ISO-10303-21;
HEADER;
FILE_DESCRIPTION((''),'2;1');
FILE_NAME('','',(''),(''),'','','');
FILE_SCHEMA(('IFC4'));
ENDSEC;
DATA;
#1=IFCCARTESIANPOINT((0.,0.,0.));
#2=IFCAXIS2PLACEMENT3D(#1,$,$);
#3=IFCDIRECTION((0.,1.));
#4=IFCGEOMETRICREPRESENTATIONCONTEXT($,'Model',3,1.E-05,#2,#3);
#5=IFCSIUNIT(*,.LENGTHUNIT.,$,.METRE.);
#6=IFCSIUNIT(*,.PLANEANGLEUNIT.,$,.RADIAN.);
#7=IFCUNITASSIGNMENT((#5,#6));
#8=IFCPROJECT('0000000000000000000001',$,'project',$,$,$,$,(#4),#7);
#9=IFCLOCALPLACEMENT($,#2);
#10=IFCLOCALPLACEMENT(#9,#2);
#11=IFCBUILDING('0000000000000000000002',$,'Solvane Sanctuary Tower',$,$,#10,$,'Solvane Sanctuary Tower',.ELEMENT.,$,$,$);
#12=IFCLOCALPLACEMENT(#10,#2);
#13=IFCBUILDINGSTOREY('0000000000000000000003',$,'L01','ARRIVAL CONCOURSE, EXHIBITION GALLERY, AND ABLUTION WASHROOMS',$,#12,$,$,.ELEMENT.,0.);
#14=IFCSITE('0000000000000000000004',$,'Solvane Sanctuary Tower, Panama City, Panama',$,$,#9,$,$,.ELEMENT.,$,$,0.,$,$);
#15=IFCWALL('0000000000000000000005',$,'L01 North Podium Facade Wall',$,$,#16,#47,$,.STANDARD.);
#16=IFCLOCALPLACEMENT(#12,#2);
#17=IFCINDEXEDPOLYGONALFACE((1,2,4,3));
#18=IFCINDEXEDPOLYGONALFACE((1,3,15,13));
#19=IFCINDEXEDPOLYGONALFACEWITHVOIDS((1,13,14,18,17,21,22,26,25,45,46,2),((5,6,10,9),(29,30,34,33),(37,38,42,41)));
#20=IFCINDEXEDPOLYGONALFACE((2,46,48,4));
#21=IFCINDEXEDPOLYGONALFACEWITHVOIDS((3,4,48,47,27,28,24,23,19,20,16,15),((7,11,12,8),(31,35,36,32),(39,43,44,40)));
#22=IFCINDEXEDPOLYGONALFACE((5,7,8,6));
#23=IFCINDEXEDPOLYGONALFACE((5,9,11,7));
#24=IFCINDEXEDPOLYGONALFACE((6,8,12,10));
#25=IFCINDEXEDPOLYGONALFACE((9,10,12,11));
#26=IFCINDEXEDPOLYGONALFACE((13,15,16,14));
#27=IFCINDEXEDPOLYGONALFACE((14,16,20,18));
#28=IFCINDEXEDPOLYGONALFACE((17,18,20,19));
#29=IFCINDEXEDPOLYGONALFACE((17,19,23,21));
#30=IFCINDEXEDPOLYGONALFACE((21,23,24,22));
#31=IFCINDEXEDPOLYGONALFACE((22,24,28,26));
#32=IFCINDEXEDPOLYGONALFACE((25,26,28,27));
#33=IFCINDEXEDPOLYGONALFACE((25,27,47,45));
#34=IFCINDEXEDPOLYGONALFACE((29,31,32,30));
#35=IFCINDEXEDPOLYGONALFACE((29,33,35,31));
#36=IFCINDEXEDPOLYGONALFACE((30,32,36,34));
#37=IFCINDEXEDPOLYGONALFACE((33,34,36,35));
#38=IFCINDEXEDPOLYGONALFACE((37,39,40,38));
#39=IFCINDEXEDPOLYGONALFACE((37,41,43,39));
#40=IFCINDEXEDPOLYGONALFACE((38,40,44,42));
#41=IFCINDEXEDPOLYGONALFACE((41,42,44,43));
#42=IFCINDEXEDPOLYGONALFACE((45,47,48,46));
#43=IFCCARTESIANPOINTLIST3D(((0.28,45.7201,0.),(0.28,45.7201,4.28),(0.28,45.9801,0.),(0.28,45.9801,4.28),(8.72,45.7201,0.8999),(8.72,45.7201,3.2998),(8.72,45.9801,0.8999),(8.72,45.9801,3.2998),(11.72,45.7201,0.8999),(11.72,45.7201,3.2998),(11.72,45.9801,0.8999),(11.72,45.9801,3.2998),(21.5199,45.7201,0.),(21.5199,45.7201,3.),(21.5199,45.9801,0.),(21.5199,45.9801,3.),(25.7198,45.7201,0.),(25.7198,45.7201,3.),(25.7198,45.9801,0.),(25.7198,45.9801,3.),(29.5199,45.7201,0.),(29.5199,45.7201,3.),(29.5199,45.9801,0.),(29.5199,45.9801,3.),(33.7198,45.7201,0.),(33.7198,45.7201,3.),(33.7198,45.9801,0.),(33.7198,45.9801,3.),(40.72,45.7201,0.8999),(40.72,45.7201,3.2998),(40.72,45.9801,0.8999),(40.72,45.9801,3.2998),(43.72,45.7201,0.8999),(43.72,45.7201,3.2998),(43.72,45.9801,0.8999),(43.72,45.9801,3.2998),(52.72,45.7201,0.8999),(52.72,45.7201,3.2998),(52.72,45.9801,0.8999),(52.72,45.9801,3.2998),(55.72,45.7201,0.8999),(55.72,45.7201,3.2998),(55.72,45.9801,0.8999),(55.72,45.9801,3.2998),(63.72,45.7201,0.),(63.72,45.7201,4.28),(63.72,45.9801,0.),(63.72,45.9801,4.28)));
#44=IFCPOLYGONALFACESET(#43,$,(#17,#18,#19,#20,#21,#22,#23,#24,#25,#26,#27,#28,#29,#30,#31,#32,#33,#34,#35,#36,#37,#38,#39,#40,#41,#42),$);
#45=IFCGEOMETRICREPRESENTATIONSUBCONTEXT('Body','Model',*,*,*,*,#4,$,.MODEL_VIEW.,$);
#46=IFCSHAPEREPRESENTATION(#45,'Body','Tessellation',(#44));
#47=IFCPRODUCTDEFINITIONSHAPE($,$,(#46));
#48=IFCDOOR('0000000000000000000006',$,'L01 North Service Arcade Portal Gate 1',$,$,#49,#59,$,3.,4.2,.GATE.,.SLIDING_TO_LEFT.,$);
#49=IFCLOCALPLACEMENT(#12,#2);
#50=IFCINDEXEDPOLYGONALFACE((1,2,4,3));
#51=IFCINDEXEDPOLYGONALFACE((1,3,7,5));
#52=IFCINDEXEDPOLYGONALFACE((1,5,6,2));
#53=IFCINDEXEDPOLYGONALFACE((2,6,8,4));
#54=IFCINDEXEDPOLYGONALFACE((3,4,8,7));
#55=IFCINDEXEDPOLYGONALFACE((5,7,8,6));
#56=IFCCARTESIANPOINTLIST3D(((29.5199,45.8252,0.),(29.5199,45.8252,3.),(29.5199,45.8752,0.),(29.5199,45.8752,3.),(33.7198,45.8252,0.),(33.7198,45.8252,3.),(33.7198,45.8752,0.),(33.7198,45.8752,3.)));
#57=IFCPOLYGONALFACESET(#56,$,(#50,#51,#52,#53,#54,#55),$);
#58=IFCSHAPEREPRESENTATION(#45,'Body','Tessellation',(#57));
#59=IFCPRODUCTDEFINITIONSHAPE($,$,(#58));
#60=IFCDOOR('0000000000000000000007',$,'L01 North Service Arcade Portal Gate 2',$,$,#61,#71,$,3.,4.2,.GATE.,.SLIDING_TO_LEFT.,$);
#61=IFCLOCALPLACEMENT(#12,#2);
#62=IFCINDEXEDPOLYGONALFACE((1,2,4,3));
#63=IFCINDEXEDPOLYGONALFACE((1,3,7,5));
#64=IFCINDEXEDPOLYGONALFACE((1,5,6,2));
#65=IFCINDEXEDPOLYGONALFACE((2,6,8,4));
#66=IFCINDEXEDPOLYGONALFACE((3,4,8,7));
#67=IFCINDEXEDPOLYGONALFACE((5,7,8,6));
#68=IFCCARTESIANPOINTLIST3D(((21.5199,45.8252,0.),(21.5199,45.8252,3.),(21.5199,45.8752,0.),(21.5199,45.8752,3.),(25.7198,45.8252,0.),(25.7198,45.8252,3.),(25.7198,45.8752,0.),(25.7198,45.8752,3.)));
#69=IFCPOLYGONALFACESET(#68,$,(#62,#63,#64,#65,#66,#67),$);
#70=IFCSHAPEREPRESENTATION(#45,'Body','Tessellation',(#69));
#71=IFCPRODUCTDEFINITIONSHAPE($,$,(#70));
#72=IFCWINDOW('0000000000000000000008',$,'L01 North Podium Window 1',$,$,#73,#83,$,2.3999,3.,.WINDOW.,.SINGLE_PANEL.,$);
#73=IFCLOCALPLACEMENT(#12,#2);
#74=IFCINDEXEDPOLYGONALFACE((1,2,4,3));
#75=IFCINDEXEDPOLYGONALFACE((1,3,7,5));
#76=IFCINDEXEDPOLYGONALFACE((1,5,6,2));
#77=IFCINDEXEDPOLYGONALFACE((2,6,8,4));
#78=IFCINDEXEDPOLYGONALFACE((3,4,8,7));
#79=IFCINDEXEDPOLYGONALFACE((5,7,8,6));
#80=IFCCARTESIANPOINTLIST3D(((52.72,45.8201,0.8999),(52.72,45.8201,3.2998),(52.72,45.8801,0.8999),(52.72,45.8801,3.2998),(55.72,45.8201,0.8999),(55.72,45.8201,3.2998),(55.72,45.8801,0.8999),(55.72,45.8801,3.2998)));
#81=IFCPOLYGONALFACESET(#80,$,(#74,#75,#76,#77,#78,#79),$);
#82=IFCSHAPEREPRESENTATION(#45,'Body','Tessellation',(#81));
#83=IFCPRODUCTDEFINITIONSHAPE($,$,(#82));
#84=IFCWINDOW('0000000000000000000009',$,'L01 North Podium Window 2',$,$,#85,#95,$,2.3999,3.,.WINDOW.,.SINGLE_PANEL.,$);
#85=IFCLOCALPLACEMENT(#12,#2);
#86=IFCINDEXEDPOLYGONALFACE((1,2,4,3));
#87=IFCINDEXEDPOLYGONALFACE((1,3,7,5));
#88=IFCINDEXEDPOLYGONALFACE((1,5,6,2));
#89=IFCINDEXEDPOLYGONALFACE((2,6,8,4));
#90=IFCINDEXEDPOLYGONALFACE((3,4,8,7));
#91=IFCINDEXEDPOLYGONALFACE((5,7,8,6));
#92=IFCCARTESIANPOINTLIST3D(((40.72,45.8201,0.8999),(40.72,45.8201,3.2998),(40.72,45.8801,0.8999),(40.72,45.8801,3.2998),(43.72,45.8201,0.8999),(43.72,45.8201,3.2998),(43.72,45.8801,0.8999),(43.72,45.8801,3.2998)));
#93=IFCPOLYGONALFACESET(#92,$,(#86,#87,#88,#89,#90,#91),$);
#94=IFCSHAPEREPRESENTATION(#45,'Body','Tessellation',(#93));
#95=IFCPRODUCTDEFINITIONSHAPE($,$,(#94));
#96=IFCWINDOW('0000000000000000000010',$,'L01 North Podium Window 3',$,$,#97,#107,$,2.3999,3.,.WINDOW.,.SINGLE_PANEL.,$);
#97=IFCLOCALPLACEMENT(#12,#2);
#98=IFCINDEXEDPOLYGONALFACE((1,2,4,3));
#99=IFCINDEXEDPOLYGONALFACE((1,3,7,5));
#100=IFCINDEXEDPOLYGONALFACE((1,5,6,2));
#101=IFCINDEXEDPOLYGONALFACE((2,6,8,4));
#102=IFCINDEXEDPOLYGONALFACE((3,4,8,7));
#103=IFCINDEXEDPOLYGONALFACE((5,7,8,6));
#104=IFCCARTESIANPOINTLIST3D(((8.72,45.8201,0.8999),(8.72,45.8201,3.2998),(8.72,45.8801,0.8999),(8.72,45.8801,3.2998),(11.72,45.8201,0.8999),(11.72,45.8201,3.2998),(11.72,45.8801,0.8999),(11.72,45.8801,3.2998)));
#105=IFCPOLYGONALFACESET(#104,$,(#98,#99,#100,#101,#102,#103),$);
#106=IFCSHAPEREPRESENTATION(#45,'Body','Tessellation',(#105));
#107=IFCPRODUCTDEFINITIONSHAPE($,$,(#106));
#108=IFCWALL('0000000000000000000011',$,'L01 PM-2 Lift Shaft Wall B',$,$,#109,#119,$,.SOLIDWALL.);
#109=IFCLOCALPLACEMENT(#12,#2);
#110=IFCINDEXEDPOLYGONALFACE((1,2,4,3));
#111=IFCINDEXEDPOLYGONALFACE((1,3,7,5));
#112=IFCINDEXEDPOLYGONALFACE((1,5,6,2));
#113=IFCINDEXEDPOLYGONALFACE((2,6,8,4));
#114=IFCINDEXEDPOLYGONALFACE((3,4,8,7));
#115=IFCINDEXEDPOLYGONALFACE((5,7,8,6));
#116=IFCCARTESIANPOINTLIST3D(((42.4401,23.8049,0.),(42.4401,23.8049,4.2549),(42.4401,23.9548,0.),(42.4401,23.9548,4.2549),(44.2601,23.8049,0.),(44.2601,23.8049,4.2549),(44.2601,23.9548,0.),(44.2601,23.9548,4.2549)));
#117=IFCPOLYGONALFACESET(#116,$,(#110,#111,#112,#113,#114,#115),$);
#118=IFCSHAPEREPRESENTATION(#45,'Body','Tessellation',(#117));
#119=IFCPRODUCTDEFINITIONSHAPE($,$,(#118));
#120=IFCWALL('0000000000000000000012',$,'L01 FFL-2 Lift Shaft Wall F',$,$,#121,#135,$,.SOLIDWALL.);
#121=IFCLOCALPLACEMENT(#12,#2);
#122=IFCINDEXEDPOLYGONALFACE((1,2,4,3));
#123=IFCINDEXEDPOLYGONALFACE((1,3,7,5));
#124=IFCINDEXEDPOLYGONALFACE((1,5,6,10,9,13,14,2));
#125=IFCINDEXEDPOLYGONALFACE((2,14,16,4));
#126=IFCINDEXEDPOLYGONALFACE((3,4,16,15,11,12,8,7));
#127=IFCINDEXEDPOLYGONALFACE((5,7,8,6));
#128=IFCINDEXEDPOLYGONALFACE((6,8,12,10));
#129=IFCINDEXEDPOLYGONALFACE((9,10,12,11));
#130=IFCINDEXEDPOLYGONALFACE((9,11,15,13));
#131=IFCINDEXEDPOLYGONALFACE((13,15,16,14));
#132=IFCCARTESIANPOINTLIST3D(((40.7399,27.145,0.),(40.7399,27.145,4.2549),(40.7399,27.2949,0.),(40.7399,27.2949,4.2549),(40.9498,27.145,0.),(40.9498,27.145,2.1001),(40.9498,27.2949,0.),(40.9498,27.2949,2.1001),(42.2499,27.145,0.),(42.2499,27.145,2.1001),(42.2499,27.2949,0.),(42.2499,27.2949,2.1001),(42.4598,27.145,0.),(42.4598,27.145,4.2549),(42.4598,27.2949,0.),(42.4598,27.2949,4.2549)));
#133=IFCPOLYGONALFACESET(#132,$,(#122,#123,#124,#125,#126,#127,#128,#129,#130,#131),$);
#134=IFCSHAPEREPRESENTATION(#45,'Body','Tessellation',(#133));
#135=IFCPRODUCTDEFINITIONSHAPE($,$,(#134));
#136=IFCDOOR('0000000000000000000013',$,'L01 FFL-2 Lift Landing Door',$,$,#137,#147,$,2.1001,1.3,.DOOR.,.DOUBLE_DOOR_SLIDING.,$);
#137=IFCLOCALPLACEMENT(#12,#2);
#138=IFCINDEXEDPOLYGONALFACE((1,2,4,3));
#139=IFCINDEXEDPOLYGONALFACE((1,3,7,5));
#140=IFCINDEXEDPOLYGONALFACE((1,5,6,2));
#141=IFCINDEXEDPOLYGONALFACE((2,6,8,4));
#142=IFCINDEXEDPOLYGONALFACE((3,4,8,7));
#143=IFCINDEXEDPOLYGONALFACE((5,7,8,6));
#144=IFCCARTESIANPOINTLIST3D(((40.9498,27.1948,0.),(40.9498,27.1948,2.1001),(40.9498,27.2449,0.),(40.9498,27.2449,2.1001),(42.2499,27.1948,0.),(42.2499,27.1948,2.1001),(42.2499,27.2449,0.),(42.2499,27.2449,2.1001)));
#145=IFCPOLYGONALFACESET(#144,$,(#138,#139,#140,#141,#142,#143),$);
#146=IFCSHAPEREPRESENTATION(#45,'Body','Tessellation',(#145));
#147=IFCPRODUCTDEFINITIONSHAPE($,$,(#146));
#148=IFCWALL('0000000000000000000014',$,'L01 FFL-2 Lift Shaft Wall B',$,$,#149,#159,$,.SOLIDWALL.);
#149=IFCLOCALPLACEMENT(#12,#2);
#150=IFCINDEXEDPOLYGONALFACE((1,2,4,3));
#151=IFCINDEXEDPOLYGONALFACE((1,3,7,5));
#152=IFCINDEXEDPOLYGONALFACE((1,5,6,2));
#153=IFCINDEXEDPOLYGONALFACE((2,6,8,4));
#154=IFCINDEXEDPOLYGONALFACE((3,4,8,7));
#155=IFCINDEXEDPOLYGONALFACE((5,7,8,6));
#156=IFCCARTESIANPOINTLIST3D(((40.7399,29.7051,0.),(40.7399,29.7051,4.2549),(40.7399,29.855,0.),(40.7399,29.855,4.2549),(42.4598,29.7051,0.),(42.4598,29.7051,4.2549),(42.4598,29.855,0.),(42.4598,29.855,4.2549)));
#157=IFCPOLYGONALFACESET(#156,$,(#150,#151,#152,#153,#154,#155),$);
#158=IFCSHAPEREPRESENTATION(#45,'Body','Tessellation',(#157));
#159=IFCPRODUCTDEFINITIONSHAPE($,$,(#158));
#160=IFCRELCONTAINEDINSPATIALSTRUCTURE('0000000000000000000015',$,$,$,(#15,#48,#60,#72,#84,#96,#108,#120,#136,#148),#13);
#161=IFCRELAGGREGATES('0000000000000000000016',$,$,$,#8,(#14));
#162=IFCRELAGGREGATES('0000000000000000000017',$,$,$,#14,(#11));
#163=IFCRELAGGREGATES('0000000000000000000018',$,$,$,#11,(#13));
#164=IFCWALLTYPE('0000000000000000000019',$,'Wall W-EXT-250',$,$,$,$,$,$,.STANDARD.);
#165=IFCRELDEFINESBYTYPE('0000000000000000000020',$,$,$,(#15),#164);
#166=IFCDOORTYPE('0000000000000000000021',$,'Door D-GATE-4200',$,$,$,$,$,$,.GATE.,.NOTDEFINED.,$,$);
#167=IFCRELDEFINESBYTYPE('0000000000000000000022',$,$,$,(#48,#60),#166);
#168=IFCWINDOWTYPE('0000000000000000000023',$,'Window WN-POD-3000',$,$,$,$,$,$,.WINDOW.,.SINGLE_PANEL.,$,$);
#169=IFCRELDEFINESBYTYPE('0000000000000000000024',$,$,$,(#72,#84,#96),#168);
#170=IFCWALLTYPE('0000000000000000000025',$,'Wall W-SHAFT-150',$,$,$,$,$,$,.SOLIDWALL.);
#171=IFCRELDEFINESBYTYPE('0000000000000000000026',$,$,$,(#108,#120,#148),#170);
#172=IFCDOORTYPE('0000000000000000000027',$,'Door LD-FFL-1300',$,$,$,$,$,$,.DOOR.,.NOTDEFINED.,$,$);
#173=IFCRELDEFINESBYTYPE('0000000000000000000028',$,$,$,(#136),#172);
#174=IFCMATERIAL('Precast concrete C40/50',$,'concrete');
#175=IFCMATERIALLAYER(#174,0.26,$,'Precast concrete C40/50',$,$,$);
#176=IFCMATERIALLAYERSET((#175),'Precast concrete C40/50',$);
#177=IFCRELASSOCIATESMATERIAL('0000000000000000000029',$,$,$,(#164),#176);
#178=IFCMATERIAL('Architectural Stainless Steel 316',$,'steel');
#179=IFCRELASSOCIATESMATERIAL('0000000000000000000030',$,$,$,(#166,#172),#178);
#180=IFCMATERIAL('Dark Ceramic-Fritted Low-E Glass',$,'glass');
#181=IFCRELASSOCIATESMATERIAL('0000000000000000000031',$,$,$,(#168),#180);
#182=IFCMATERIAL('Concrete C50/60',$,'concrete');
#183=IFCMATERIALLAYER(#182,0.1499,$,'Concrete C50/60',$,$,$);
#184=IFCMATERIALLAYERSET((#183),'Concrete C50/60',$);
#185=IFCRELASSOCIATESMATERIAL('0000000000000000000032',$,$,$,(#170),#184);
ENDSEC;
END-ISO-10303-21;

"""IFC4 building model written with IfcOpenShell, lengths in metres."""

from ifc_helpers import new_model, si_unit, direction, frame, frame_2d, origin, place, context, subcontext, project, spatial, rectangle, extrude, material, layer, layer_set, type_object, element, fill, save


model = new_model("IFC4")

# Units and contexts
model_context = context("Model", 3, precision=1e-05, world=origin(), true_north=direction((0.0, 1.0)))
body_context = subcontext(model_context, "Body", "Model", "MODEL_VIEW")
ifc_project = project(units=[si_unit("LENGTHUNIT", "METRE"), si_unit("PLANEANGLEUNIT", "RADIAN")], contexts=[model_context])

# Site, building, storey
site_placement = place(None, origin())
site = spatial("IfcSite", under=ifc_project, at=site_placement, Name="Solvane Sanctuary Tower, Panama City, Panama", CompositionType="ELEMENT", RefElevation=0.0)
building_placement = place(site_placement, origin())
building = spatial("IfcBuilding", under=site, at=building_placement, Name="Solvane Sanctuary Tower", LongName="Solvane Sanctuary Tower", CompositionType="ELEMENT")
storey_placement = place(building_placement, origin())
storey = spatial("IfcBuildingStorey", under=building, at=storey_placement, Name="L01", Description="ARRIVAL CONCOURSE, EXHIBITION GALLERY, AND ABLUTION WASHROOMS", CompositionType="ELEMENT", Elevation=0.0)

# Wall, openings, doors, windows
ifc_material_1 = material(Name="Precast concrete C40/50", Category="concrete")
ifc_layer_1 = layer(ifc_material_1, 0.26, Name="Precast concrete C40/50")
ifc_layer_set_1 = layer_set([ifc_layer_1], Name="Precast concrete C40/50")
wall_type_1 = type_object("IfcWallType", Name="Wall W-EXT-250", PredefinedType="STANDARD", material=ifc_layer_set_1)
wall_1_placement = place(storey_placement, frame((63.72, 45.8501, 0.0), z_axis=(0.0, 0.0, 1.0), x_axis=(-1.0, 0.0, 0.0)))
wall_1 = element("IfcWall", 1, at=wall_1_placement, inside=storey, type_object=wall_type_1, Name="L01 North Podium Facade Wall", PredefinedType="STANDARD", context=body_context, shape_type="SweptSolid", body=[
    extrude(rectangle(XDim=63.4399, YDim=0.26, at=frame_2d((31.72, 0.0))), origin(), (0.0, 0.0, 1.0), 4.28),
])
opening_1_placement = place(wall_1_placement, frame((8.0, 0.0, 0.8999)))
opening_1 = element("IfcOpeningElement", 2, at=opening_1_placement, cuts=wall_1, PredefinedType="OPENING", context=body_context, shape_type="SweptSolid", body=[
    extrude(rectangle(XDim=3.0, YDim=2.3999, at=frame_2d((1.5, 1.2))), frame((0.0, 0.1399, 0.0), z_axis=(0.0, -1.0, 0.0), x_axis=(1.0, 0.0, 0.0)), (0.0, 0.0, 1.0), 0.28),
])
opening_2_placement = place(wall_1_placement, frame((20.0, 0.0, 0.8999)))
opening_2 = element("IfcOpeningElement", 3, at=opening_2_placement, cuts=wall_1, PredefinedType="OPENING", context=body_context, shape_type="SweptSolid", body=[
    extrude(rectangle(XDim=3.0, YDim=2.3999, at=frame_2d((1.5, 1.2))), frame((0.0, 0.1399, 0.0), z_axis=(0.0, -1.0, 0.0), x_axis=(1.0, 0.0, 0.0)), (0.0, 0.0, 1.0), 0.28),
])
opening_3_placement = place(wall_1_placement, frame((52.0, 0.0, 0.8999)))
opening_3 = element("IfcOpeningElement", 4, at=opening_3_placement, cuts=wall_1, PredefinedType="OPENING", context=body_context, shape_type="SweptSolid", body=[
    extrude(rectangle(XDim=3.0, YDim=2.3999, at=frame_2d((1.5, 1.2))), frame((0.0, 0.1399, 0.0), z_axis=(0.0, -1.0, 0.0), x_axis=(1.0, 0.0, 0.0)), (0.0, 0.0, 1.0), 0.28),
])
opening_4_placement = place(wall_1_placement, frame((30.0, 0.0, 0.0)))
opening_4 = element("IfcOpeningElement", 5, at=opening_4_placement, cuts=wall_1, PredefinedType="OPENING", context=body_context, shape_type="SweptSolid", body=[
    extrude(rectangle(XDim=4.2, YDim=3.0, at=frame_2d((2.1001, 1.5))), frame((0.0, 0.1399, 0.0), z_axis=(0.0, -1.0, 0.0), x_axis=(1.0, 0.0, 0.0)), (0.0, 0.0, 1.0), 0.28),
])
opening_5_placement = place(wall_1_placement, frame((38.0, 0.0, 0.0)))
opening_5 = element("IfcOpeningElement", 6, at=opening_5_placement, cuts=wall_1, PredefinedType="OPENING", context=body_context, shape_type="SweptSolid", body=[
    extrude(rectangle(XDim=4.2, YDim=3.0, at=frame_2d((2.1001, 1.5))), frame((0.0, 0.1399, 0.0), z_axis=(0.0, -1.0, 0.0), x_axis=(1.0, 0.0, 0.0)), (0.0, 0.0, 1.0), 0.28),
])
ifc_material_2 = material(Name="Architectural Stainless Steel 316", Category="steel")
door_type_1 = type_object("IfcDoorType", Name="Door D-GATE-4200", OperationType="NOTDEFINED", PredefinedType="GATE", material=ifc_material_2)
door_1_placement = place(opening_4_placement, origin())
door_1 = element("IfcDoor", 7, at=door_1_placement, inside=storey, type_object=door_type_1, Name="L01 North Service Arcade Portal Gate 1", OperationType="SLIDING_TO_LEFT", OverallHeight=3.0, OverallWidth=4.2, PredefinedType="GATE", context=body_context, shape_type="SweptSolid", body=[
    extrude(rectangle(XDim=4.2, YDim=3.0, at=frame_2d((2.1001, 1.5))), frame((0.0, 0.0249, 0.0), z_axis=(0.0, -1.0, 0.0), x_axis=(1.0, 0.0, 0.0)), (0.0, 0.0, 1.0), 0.05),
])
fill(opening_4, door_1)
door_2_placement = place(opening_5_placement, origin())
door_2 = element("IfcDoor", 8, at=door_2_placement, inside=storey, type_object=door_type_1, Name="L01 North Service Arcade Portal Gate 2", OperationType="SLIDING_TO_LEFT", OverallHeight=3.0, OverallWidth=4.2, PredefinedType="GATE", context=body_context, shape_type="SweptSolid", body=[
    extrude(rectangle(XDim=4.2, YDim=3.0, at=frame_2d((2.1001, 1.5))), frame((0.0, 0.0249, 0.0), z_axis=(0.0, -1.0, 0.0), x_axis=(1.0, 0.0, 0.0)), (0.0, 0.0, 1.0), 0.05),
])
fill(opening_5, door_2)
ifc_material_3 = material(Name="Dark Ceramic-Fritted Low-E Glass", Category="glass")
window_type = type_object("IfcWindowType", Name="Window WN-POD-3000", PartitioningType="SINGLE_PANEL", PredefinedType="WINDOW", material=ifc_material_3)
window_1_placement = place(opening_1_placement, origin())
window_1 = element("IfcWindow", 9, at=window_1_placement, inside=storey, type_object=window_type, Name="L01 North Podium Window 1", OverallHeight=2.3999, OverallWidth=3.0, PartitioningType="SINGLE_PANEL", PredefinedType="WINDOW", context=body_context, shape_type="SweptSolid", body=[
    extrude(rectangle(XDim=3.0, YDim=2.3999, at=frame_2d((1.5, 1.2))), frame((0.0, 0.03, 0.0), z_axis=(0.0, -1.0, 0.0), x_axis=(1.0, 0.0, 0.0)), (0.0, 0.0, 1.0), 0.0601),
])
fill(opening_1, window_1)
window_2_placement = place(opening_2_placement, origin())
window_2 = element("IfcWindow", 10, at=window_2_placement, inside=storey, type_object=window_type, Name="L01 North Podium Window 2", OverallHeight=2.3999, OverallWidth=3.0, PartitioningType="SINGLE_PANEL", PredefinedType="WINDOW", context=body_context, shape_type="SweptSolid", body=[
    extrude(rectangle(XDim=3.0, YDim=2.3999, at=frame_2d((1.5, 1.2))), frame((0.0, 0.03, 0.0), z_axis=(0.0, -1.0, 0.0), x_axis=(1.0, 0.0, 0.0)), (0.0, 0.0, 1.0), 0.0601),
])
fill(opening_2, window_2)
window_3_placement = place(opening_3_placement, origin())
window_3 = element("IfcWindow", 11, at=window_3_placement, inside=storey, type_object=window_type, Name="L01 North Podium Window 3", OverallHeight=2.3999, OverallWidth=3.0, PartitioningType="SINGLE_PANEL", PredefinedType="WINDOW", context=body_context, shape_type="SweptSolid", body=[
    extrude(rectangle(XDim=3.0, YDim=2.3999, at=frame_2d((1.5, 1.2))), frame((0.0, 0.03, 0.0), z_axis=(0.0, -1.0, 0.0), x_axis=(1.0, 0.0, 0.0)), (0.0, 0.0, 1.0), 0.0601),
])
fill(opening_3, window_3)

# Wall
ifc_material_4 = material(Name="Concrete C50/60", Category="concrete")
ifc_layer_2 = layer(ifc_material_4, 0.1499, Name="Concrete C50/60")
ifc_layer_set_2 = layer_set([ifc_layer_2], Name="Concrete C50/60")
wall_type_2 = type_object("IfcWallType", Name="Wall W-SHAFT-150", PredefinedType="SOLIDWALL", material=ifc_layer_set_2)
wall_2_placement = place(storey_placement, frame((42.4399, 23.8799, 0.0), z_axis=(0.0, 0.0, 1.0), x_axis=(1.0, 0.0, 0.0)))
element("IfcWall", 12, at=wall_2_placement, inside=storey, type_object=wall_type_2, Name="L01 PM-2 Lift Shaft Wall B", PredefinedType="SOLIDWALL", context=body_context, shape_type="SweptSolid", body=[
    extrude(rectangle(XDim=1.8201, YDim=0.1499, at=frame_2d((0.9102, 0.0))), origin(), (0.0, 0.0, 1.0), 4.2549),
])

# Wall, opening, door
wall_3_placement = place(storey_placement, frame((40.74, 27.22, 0.0), z_axis=(0.0, 0.0, 1.0), x_axis=(1.0, 0.0, 0.0)))
wall_3 = element("IfcWall", 13, at=wall_3_placement, inside=storey, type_object=wall_type_2, Name="L01 FFL-2 Lift Shaft Wall F", PredefinedType="SOLIDWALL", context=body_context, shape_type="SweptSolid", body=[
    extrude(rectangle(XDim=1.72, YDim=0.1499, at=frame_2d((0.8599, 0.0))), origin(), (0.0, 0.0, 1.0), 4.2549),
])
opening_6_placement = place(wall_3_placement, frame((0.21, 0.0, 0.0)))
opening_6 = element("IfcOpeningElement", 14, at=opening_6_placement, cuts=wall_3, PredefinedType="OPENING", context=body_context, shape_type="SweptSolid", body=[
    extrude(rectangle(XDim=1.3, YDim=2.1001, at=frame_2d((0.6499, 1.05))), frame((0.0, 0.085, 0.0), z_axis=(0.0, -1.0, 0.0), x_axis=(1.0, 0.0, 0.0)), (0.0, 0.0, 1.0), 0.1699),
])
door_type_2 = type_object("IfcDoorType", Name="Door LD-FFL-1300", OperationType="NOTDEFINED", PredefinedType="DOOR", material=ifc_material_2)
door_3_placement = place(opening_6_placement, origin())
door_3 = element("IfcDoor", 15, at=door_3_placement, inside=storey, type_object=door_type_2, Name="L01 FFL-2 Lift Landing Door", OperationType="DOUBLE_DOOR_SLIDING", OverallHeight=2.1001, OverallWidth=1.3, PredefinedType="DOOR", context=body_context, shape_type="SweptSolid", body=[
    extrude(rectangle(XDim=1.3, YDim=2.1001, at=frame_2d((0.6499, 1.05))), frame((0.0, 0.0249, 0.0), z_axis=(0.0, -1.0, 0.0), x_axis=(1.0, 0.0, 0.0)), (0.0, 0.0, 1.0), 0.05),
])
fill(opening_6, door_3)

# Wall
wall_4_placement = place(storey_placement, frame((40.74, 29.78, 0.0), z_axis=(0.0, 0.0, 1.0), x_axis=(1.0, 0.0, 0.0)))
element("IfcWall", 16, at=wall_4_placement, inside=storey, type_object=wall_type_2, Name="L01 FFL-2 Lift Shaft Wall B", PredefinedType="SOLIDWALL", context=body_context, shape_type="SweptSolid", body=[
    extrude(rectangle(XDim=1.72, YDim=0.1499, at=frame_2d((0.8599, 0.0))), origin(), (0.0, 0.0, 1.0), 4.2549),
])

save(model, "model.ifc")
